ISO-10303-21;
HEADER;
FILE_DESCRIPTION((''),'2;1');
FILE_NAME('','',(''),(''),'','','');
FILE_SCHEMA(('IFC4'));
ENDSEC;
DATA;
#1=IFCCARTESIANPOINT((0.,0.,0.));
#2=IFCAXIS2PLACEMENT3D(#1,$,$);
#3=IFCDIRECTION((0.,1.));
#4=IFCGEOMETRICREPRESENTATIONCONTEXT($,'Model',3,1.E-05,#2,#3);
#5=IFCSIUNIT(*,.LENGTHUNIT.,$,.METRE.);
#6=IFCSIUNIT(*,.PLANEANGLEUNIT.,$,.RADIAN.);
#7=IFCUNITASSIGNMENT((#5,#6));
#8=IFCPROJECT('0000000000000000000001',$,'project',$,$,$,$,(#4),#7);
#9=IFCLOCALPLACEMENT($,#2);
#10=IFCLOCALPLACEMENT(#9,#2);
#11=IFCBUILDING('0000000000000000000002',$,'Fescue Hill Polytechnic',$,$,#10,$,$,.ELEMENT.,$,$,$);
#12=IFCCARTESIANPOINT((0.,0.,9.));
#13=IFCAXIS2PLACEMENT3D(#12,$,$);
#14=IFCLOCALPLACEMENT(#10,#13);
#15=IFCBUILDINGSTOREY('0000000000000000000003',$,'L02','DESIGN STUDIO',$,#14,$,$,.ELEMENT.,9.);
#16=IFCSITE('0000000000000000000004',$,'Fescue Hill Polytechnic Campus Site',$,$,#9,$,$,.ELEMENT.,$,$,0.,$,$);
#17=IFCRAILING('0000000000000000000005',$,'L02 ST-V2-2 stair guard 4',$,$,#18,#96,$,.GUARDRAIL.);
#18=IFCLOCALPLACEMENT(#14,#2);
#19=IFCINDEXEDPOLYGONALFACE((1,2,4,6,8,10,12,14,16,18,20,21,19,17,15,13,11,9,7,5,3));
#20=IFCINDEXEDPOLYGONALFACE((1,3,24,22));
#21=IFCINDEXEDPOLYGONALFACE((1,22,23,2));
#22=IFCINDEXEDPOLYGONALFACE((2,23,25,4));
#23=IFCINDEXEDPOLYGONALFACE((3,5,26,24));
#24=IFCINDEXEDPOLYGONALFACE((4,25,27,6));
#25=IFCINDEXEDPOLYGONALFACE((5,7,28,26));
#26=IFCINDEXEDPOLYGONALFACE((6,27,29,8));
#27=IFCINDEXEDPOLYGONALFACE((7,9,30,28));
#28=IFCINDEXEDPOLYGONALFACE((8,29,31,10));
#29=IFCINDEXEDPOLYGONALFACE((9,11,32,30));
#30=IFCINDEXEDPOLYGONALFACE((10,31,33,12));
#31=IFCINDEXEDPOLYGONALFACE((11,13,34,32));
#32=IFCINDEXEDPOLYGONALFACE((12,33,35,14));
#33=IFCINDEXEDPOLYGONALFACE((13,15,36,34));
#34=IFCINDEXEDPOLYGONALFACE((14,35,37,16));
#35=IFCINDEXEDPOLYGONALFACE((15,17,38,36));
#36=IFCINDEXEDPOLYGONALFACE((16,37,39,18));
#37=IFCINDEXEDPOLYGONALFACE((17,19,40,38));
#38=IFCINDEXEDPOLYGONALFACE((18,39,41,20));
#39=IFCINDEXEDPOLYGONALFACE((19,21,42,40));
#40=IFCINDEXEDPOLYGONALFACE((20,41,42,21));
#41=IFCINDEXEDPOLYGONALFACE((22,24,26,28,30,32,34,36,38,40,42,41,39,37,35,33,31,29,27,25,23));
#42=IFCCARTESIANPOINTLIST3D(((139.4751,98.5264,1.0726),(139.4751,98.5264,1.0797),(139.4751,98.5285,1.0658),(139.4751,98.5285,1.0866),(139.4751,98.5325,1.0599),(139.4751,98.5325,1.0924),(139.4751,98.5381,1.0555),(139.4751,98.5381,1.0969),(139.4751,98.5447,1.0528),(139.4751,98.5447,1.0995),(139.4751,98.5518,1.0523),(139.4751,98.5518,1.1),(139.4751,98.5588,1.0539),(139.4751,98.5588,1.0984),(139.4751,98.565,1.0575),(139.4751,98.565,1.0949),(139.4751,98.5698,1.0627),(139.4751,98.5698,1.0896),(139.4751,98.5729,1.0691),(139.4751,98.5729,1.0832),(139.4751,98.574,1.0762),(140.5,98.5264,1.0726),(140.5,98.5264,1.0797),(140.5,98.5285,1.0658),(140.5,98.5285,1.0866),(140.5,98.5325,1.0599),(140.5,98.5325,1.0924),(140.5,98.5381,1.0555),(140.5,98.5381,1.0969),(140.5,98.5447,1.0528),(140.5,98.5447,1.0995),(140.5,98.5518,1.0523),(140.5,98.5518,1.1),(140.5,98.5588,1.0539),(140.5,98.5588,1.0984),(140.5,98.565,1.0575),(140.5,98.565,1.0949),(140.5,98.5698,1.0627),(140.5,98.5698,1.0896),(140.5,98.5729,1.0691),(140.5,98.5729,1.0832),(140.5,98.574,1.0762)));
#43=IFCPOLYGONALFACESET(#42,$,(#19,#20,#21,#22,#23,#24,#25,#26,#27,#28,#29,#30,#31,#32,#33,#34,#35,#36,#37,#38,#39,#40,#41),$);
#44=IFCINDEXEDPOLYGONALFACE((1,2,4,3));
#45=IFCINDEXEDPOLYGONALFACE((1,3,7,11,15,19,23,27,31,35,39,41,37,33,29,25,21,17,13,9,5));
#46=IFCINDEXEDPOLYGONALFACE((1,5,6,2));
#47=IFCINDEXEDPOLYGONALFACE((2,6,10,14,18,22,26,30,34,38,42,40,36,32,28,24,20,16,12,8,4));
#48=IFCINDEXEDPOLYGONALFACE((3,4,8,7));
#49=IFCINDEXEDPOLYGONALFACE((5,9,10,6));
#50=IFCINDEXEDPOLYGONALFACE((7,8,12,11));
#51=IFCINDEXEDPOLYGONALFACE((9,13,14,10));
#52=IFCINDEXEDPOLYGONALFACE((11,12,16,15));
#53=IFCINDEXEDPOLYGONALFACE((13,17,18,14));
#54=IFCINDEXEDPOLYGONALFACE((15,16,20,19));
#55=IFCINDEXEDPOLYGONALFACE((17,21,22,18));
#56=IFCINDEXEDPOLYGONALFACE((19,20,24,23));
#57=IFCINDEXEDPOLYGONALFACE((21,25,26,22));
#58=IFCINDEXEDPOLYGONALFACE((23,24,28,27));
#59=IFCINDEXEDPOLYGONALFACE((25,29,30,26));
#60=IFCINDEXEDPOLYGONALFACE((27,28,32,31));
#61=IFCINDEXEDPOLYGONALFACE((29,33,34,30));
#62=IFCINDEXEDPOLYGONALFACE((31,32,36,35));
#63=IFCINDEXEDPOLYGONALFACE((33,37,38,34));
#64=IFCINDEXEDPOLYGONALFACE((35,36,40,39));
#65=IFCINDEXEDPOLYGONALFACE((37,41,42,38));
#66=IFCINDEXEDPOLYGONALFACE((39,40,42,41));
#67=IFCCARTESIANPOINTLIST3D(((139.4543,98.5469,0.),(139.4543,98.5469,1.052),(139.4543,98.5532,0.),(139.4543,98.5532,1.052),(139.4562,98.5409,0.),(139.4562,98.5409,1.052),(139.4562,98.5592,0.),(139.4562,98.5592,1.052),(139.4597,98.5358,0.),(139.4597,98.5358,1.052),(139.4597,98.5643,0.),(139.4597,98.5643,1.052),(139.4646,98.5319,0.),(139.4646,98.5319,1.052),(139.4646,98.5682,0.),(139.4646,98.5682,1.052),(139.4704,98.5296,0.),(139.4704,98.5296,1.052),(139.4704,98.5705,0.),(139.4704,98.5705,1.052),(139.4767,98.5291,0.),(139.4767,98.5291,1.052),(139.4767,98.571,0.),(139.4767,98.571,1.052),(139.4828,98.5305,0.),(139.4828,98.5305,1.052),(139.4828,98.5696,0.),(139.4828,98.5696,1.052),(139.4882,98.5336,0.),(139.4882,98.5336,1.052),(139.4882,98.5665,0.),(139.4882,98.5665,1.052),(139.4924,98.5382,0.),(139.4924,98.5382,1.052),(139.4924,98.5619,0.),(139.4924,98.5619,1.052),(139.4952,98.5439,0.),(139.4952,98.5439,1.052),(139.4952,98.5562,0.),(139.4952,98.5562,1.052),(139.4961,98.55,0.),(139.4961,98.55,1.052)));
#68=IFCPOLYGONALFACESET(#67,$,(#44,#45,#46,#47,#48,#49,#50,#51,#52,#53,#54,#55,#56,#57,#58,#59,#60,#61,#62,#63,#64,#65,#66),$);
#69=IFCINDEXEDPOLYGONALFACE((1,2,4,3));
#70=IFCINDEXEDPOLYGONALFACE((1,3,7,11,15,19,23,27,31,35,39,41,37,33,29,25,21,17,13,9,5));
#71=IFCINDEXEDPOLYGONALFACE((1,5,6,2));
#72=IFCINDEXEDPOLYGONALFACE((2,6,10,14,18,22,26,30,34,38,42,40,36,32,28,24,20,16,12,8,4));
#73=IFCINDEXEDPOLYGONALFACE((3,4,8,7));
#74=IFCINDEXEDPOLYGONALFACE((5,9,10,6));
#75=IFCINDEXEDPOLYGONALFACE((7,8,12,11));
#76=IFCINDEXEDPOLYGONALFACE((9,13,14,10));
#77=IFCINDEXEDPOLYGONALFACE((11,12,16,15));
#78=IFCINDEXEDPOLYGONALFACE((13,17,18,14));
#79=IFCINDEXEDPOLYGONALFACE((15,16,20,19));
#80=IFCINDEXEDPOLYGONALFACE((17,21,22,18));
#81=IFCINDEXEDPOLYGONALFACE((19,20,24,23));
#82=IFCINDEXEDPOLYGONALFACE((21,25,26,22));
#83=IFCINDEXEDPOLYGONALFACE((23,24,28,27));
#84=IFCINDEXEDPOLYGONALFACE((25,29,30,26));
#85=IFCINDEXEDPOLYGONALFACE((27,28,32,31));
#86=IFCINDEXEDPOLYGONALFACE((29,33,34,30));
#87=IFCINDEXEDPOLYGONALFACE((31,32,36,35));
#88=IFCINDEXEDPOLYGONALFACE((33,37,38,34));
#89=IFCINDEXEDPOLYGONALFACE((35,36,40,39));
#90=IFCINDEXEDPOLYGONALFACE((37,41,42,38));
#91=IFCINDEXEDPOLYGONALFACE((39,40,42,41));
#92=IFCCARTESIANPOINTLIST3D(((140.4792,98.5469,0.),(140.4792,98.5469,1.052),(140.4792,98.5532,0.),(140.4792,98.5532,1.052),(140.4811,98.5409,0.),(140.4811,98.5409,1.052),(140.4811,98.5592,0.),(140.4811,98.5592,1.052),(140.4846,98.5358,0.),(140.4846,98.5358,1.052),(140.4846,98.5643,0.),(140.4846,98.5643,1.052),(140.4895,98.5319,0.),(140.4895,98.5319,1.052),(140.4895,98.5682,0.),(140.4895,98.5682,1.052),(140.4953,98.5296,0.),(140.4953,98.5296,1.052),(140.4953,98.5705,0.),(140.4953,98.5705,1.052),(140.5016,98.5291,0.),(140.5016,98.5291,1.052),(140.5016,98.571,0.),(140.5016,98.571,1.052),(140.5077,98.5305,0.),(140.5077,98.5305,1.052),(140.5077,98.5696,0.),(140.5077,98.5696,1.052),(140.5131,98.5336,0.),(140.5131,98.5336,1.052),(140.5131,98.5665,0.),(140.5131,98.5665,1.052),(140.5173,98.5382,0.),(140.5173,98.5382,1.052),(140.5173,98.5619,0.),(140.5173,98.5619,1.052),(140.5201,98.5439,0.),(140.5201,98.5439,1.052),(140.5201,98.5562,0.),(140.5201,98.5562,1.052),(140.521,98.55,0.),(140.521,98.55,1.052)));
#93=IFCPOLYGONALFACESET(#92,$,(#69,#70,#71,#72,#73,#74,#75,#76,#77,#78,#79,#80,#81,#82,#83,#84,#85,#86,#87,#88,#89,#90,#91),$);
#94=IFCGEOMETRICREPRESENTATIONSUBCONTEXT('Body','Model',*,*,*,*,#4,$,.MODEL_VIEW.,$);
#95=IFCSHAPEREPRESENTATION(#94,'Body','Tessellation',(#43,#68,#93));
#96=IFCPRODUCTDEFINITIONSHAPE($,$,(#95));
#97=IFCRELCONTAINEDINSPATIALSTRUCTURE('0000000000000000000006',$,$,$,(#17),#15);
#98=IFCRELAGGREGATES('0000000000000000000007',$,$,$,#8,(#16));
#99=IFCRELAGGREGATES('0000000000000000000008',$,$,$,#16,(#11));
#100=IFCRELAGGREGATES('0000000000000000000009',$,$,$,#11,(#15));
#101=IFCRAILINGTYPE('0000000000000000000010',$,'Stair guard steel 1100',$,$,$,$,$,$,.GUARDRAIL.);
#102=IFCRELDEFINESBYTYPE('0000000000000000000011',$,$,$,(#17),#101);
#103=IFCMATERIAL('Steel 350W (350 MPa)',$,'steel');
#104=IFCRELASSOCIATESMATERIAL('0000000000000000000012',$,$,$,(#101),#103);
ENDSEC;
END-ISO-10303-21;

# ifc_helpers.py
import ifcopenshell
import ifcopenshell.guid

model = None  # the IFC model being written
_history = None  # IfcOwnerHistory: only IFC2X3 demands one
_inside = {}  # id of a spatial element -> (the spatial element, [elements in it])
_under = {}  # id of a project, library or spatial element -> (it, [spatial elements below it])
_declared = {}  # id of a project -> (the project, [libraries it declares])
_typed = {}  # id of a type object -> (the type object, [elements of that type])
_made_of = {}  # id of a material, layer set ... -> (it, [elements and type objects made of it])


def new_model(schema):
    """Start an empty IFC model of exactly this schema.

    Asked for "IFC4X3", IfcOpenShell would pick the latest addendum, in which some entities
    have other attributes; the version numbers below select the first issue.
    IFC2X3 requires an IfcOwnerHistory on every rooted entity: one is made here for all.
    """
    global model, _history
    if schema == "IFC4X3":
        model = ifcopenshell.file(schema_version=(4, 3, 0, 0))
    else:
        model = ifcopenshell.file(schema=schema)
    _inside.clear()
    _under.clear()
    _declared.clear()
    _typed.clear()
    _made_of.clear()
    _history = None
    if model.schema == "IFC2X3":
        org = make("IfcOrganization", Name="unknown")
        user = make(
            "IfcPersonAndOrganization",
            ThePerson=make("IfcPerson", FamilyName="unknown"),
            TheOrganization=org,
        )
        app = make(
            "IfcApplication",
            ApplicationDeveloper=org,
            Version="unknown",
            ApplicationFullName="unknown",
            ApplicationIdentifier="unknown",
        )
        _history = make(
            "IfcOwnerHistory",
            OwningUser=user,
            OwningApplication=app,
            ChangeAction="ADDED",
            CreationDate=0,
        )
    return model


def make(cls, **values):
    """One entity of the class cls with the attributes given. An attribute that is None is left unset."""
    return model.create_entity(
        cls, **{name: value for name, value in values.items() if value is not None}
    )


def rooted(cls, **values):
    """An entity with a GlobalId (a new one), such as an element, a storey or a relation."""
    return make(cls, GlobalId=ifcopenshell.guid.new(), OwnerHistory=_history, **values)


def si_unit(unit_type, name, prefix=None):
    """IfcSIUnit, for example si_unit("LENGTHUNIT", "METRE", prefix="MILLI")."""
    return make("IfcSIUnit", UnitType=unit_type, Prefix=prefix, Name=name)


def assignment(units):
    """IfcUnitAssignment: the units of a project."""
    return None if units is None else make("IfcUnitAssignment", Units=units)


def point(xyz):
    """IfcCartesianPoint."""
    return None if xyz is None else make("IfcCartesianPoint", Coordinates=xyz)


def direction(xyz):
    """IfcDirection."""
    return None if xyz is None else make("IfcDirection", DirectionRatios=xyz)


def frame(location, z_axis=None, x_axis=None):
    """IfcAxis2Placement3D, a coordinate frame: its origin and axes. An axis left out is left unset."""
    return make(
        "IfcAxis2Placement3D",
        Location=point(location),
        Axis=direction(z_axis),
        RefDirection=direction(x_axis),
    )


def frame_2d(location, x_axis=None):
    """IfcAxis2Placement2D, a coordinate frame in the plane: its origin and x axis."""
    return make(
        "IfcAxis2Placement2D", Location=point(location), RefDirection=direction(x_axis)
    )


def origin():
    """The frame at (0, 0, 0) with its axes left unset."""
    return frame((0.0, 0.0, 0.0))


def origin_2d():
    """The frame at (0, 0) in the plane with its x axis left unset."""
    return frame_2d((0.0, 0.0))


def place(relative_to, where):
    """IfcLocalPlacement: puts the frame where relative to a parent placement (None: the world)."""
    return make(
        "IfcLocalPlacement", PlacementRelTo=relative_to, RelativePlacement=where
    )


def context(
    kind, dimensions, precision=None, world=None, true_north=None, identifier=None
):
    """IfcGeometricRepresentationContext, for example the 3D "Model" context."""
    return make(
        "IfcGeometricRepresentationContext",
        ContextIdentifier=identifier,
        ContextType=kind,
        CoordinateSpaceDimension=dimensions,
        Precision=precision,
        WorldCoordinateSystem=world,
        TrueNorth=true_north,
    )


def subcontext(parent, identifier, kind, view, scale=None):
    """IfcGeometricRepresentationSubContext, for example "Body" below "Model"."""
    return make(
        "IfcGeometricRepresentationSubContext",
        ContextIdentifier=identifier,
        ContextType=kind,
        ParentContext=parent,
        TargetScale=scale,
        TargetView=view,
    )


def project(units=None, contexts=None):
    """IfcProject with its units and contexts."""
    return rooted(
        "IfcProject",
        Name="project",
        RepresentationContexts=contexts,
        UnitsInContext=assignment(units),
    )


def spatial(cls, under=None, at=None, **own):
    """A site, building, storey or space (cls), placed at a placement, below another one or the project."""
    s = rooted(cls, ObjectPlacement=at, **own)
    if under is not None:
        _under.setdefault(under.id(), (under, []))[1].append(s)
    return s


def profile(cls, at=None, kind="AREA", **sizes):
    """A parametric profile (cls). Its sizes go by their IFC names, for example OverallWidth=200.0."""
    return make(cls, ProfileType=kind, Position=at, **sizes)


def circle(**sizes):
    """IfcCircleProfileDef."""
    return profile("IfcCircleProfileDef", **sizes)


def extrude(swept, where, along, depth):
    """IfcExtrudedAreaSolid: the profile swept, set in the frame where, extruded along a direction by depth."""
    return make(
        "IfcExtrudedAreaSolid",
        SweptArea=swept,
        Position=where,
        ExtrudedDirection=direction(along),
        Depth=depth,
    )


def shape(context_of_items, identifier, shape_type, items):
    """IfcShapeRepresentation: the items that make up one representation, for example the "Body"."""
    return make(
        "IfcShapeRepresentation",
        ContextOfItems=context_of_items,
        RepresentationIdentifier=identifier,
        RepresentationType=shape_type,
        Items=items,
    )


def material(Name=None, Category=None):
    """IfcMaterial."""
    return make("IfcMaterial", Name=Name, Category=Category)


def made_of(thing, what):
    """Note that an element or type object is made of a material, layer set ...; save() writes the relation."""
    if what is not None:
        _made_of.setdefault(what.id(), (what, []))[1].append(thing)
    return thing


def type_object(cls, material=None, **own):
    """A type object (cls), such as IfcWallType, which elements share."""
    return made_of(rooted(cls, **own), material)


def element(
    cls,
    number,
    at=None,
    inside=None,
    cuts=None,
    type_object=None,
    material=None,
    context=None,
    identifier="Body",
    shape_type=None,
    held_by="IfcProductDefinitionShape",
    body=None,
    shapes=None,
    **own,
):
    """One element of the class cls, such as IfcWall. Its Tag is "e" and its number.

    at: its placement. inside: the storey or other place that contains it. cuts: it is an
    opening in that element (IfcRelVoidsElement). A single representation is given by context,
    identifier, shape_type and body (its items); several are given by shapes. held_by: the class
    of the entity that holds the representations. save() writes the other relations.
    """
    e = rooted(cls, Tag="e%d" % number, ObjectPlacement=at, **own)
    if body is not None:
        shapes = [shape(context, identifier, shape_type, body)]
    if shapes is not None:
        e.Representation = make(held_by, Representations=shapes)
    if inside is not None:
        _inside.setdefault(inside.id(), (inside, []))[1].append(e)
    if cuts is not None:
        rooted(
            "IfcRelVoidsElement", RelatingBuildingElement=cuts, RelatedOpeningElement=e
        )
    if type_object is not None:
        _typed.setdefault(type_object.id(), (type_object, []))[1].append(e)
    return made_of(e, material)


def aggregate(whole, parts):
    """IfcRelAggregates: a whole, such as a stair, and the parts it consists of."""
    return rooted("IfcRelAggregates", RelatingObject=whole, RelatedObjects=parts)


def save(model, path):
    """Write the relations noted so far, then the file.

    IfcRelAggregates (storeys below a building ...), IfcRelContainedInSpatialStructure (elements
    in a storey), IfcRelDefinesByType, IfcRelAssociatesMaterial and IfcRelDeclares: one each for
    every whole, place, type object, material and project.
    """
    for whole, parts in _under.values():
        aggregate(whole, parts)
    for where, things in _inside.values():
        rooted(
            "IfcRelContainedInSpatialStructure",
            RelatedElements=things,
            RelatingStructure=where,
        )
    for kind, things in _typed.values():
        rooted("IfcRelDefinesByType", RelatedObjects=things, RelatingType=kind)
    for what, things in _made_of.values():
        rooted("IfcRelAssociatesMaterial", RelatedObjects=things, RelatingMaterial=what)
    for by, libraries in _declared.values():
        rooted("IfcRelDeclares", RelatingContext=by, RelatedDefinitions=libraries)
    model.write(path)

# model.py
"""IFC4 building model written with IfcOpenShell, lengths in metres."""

from ifc_helpers import new_model, si_unit, direction, frame, origin, origin_2d, place, context, subcontext, project, spatial, circle, extrude, material, type_object, element, save


model = new_model("IFC4")

# Units and contexts
model_context = context("Model", 3, precision=1e-05, world=origin(), true_north=direction((0.0, 1.0)))
body_context = subcontext(model_context, "Body", "Model", "MODEL_VIEW")
ifc_project = project(units=[si_unit("LENGTHUNIT", "METRE"), si_unit("PLANEANGLEUNIT", "RADIAN")], contexts=[model_context])

# Site, building, storey
site_placement = place(None, origin())
site = spatial("IfcSite", under=ifc_project, at=site_placement, Name="Fescue Hill Polytechnic Campus Site", CompositionType="ELEMENT", RefElevation=0.0)
building_placement = place(site_placement, origin())
building = spatial("IfcBuilding", under=site, at=building_placement, Name="Fescue Hill Polytechnic", CompositionType="ELEMENT")
storey_placement = place(building_placement, frame((0.0, 0.0, 9.0)))
storey = spatial("IfcBuildingStorey", under=building, at=storey_placement, Name="L02", Description="DESIGN STUDIO", CompositionType="ELEMENT", Elevation=9.0)

# Railing
ifc_material_1 = material(Name="Steel 350W (350 MPa)", Category="steel")
railing_type_1 = type_object("IfcRailingType", Name="Stair guard steel 1100", PredefinedType="GUARDRAIL", material=ifc_material_1)
railing_1_placement = place(storey_placement, frame((139.4751, 98.55, 0.0)))
element("IfcRailing", 1, at=railing_1_placement, inside=storey, type_object=railing_type_1, Name="L02 ST-V2-2 stair guard 4", PredefinedType="GUARDRAIL", context=body_context, shape_type="SweptSolid", body=[
    extrude(circle(Radius=0.0239, at=origin_2d()), frame((0.0, 0.0, 1.0762), z_axis=(1.0, 0.0, 0.0), x_axis=(0.0, 1.0, 0.0)), (0.0, 0.0, 1.0), 1.0249),
    extrude(circle(Radius=0.021, at=origin_2d()), origin(), (0.0, 0.0, 1.0), 1.052),
    extrude(circle(Radius=0.021, at=origin_2d()), frame((1.0249, 0.0, 0.0)), (0.0, 0.0, 1.0), 1.052),
])

save(model, "model.ifc")
